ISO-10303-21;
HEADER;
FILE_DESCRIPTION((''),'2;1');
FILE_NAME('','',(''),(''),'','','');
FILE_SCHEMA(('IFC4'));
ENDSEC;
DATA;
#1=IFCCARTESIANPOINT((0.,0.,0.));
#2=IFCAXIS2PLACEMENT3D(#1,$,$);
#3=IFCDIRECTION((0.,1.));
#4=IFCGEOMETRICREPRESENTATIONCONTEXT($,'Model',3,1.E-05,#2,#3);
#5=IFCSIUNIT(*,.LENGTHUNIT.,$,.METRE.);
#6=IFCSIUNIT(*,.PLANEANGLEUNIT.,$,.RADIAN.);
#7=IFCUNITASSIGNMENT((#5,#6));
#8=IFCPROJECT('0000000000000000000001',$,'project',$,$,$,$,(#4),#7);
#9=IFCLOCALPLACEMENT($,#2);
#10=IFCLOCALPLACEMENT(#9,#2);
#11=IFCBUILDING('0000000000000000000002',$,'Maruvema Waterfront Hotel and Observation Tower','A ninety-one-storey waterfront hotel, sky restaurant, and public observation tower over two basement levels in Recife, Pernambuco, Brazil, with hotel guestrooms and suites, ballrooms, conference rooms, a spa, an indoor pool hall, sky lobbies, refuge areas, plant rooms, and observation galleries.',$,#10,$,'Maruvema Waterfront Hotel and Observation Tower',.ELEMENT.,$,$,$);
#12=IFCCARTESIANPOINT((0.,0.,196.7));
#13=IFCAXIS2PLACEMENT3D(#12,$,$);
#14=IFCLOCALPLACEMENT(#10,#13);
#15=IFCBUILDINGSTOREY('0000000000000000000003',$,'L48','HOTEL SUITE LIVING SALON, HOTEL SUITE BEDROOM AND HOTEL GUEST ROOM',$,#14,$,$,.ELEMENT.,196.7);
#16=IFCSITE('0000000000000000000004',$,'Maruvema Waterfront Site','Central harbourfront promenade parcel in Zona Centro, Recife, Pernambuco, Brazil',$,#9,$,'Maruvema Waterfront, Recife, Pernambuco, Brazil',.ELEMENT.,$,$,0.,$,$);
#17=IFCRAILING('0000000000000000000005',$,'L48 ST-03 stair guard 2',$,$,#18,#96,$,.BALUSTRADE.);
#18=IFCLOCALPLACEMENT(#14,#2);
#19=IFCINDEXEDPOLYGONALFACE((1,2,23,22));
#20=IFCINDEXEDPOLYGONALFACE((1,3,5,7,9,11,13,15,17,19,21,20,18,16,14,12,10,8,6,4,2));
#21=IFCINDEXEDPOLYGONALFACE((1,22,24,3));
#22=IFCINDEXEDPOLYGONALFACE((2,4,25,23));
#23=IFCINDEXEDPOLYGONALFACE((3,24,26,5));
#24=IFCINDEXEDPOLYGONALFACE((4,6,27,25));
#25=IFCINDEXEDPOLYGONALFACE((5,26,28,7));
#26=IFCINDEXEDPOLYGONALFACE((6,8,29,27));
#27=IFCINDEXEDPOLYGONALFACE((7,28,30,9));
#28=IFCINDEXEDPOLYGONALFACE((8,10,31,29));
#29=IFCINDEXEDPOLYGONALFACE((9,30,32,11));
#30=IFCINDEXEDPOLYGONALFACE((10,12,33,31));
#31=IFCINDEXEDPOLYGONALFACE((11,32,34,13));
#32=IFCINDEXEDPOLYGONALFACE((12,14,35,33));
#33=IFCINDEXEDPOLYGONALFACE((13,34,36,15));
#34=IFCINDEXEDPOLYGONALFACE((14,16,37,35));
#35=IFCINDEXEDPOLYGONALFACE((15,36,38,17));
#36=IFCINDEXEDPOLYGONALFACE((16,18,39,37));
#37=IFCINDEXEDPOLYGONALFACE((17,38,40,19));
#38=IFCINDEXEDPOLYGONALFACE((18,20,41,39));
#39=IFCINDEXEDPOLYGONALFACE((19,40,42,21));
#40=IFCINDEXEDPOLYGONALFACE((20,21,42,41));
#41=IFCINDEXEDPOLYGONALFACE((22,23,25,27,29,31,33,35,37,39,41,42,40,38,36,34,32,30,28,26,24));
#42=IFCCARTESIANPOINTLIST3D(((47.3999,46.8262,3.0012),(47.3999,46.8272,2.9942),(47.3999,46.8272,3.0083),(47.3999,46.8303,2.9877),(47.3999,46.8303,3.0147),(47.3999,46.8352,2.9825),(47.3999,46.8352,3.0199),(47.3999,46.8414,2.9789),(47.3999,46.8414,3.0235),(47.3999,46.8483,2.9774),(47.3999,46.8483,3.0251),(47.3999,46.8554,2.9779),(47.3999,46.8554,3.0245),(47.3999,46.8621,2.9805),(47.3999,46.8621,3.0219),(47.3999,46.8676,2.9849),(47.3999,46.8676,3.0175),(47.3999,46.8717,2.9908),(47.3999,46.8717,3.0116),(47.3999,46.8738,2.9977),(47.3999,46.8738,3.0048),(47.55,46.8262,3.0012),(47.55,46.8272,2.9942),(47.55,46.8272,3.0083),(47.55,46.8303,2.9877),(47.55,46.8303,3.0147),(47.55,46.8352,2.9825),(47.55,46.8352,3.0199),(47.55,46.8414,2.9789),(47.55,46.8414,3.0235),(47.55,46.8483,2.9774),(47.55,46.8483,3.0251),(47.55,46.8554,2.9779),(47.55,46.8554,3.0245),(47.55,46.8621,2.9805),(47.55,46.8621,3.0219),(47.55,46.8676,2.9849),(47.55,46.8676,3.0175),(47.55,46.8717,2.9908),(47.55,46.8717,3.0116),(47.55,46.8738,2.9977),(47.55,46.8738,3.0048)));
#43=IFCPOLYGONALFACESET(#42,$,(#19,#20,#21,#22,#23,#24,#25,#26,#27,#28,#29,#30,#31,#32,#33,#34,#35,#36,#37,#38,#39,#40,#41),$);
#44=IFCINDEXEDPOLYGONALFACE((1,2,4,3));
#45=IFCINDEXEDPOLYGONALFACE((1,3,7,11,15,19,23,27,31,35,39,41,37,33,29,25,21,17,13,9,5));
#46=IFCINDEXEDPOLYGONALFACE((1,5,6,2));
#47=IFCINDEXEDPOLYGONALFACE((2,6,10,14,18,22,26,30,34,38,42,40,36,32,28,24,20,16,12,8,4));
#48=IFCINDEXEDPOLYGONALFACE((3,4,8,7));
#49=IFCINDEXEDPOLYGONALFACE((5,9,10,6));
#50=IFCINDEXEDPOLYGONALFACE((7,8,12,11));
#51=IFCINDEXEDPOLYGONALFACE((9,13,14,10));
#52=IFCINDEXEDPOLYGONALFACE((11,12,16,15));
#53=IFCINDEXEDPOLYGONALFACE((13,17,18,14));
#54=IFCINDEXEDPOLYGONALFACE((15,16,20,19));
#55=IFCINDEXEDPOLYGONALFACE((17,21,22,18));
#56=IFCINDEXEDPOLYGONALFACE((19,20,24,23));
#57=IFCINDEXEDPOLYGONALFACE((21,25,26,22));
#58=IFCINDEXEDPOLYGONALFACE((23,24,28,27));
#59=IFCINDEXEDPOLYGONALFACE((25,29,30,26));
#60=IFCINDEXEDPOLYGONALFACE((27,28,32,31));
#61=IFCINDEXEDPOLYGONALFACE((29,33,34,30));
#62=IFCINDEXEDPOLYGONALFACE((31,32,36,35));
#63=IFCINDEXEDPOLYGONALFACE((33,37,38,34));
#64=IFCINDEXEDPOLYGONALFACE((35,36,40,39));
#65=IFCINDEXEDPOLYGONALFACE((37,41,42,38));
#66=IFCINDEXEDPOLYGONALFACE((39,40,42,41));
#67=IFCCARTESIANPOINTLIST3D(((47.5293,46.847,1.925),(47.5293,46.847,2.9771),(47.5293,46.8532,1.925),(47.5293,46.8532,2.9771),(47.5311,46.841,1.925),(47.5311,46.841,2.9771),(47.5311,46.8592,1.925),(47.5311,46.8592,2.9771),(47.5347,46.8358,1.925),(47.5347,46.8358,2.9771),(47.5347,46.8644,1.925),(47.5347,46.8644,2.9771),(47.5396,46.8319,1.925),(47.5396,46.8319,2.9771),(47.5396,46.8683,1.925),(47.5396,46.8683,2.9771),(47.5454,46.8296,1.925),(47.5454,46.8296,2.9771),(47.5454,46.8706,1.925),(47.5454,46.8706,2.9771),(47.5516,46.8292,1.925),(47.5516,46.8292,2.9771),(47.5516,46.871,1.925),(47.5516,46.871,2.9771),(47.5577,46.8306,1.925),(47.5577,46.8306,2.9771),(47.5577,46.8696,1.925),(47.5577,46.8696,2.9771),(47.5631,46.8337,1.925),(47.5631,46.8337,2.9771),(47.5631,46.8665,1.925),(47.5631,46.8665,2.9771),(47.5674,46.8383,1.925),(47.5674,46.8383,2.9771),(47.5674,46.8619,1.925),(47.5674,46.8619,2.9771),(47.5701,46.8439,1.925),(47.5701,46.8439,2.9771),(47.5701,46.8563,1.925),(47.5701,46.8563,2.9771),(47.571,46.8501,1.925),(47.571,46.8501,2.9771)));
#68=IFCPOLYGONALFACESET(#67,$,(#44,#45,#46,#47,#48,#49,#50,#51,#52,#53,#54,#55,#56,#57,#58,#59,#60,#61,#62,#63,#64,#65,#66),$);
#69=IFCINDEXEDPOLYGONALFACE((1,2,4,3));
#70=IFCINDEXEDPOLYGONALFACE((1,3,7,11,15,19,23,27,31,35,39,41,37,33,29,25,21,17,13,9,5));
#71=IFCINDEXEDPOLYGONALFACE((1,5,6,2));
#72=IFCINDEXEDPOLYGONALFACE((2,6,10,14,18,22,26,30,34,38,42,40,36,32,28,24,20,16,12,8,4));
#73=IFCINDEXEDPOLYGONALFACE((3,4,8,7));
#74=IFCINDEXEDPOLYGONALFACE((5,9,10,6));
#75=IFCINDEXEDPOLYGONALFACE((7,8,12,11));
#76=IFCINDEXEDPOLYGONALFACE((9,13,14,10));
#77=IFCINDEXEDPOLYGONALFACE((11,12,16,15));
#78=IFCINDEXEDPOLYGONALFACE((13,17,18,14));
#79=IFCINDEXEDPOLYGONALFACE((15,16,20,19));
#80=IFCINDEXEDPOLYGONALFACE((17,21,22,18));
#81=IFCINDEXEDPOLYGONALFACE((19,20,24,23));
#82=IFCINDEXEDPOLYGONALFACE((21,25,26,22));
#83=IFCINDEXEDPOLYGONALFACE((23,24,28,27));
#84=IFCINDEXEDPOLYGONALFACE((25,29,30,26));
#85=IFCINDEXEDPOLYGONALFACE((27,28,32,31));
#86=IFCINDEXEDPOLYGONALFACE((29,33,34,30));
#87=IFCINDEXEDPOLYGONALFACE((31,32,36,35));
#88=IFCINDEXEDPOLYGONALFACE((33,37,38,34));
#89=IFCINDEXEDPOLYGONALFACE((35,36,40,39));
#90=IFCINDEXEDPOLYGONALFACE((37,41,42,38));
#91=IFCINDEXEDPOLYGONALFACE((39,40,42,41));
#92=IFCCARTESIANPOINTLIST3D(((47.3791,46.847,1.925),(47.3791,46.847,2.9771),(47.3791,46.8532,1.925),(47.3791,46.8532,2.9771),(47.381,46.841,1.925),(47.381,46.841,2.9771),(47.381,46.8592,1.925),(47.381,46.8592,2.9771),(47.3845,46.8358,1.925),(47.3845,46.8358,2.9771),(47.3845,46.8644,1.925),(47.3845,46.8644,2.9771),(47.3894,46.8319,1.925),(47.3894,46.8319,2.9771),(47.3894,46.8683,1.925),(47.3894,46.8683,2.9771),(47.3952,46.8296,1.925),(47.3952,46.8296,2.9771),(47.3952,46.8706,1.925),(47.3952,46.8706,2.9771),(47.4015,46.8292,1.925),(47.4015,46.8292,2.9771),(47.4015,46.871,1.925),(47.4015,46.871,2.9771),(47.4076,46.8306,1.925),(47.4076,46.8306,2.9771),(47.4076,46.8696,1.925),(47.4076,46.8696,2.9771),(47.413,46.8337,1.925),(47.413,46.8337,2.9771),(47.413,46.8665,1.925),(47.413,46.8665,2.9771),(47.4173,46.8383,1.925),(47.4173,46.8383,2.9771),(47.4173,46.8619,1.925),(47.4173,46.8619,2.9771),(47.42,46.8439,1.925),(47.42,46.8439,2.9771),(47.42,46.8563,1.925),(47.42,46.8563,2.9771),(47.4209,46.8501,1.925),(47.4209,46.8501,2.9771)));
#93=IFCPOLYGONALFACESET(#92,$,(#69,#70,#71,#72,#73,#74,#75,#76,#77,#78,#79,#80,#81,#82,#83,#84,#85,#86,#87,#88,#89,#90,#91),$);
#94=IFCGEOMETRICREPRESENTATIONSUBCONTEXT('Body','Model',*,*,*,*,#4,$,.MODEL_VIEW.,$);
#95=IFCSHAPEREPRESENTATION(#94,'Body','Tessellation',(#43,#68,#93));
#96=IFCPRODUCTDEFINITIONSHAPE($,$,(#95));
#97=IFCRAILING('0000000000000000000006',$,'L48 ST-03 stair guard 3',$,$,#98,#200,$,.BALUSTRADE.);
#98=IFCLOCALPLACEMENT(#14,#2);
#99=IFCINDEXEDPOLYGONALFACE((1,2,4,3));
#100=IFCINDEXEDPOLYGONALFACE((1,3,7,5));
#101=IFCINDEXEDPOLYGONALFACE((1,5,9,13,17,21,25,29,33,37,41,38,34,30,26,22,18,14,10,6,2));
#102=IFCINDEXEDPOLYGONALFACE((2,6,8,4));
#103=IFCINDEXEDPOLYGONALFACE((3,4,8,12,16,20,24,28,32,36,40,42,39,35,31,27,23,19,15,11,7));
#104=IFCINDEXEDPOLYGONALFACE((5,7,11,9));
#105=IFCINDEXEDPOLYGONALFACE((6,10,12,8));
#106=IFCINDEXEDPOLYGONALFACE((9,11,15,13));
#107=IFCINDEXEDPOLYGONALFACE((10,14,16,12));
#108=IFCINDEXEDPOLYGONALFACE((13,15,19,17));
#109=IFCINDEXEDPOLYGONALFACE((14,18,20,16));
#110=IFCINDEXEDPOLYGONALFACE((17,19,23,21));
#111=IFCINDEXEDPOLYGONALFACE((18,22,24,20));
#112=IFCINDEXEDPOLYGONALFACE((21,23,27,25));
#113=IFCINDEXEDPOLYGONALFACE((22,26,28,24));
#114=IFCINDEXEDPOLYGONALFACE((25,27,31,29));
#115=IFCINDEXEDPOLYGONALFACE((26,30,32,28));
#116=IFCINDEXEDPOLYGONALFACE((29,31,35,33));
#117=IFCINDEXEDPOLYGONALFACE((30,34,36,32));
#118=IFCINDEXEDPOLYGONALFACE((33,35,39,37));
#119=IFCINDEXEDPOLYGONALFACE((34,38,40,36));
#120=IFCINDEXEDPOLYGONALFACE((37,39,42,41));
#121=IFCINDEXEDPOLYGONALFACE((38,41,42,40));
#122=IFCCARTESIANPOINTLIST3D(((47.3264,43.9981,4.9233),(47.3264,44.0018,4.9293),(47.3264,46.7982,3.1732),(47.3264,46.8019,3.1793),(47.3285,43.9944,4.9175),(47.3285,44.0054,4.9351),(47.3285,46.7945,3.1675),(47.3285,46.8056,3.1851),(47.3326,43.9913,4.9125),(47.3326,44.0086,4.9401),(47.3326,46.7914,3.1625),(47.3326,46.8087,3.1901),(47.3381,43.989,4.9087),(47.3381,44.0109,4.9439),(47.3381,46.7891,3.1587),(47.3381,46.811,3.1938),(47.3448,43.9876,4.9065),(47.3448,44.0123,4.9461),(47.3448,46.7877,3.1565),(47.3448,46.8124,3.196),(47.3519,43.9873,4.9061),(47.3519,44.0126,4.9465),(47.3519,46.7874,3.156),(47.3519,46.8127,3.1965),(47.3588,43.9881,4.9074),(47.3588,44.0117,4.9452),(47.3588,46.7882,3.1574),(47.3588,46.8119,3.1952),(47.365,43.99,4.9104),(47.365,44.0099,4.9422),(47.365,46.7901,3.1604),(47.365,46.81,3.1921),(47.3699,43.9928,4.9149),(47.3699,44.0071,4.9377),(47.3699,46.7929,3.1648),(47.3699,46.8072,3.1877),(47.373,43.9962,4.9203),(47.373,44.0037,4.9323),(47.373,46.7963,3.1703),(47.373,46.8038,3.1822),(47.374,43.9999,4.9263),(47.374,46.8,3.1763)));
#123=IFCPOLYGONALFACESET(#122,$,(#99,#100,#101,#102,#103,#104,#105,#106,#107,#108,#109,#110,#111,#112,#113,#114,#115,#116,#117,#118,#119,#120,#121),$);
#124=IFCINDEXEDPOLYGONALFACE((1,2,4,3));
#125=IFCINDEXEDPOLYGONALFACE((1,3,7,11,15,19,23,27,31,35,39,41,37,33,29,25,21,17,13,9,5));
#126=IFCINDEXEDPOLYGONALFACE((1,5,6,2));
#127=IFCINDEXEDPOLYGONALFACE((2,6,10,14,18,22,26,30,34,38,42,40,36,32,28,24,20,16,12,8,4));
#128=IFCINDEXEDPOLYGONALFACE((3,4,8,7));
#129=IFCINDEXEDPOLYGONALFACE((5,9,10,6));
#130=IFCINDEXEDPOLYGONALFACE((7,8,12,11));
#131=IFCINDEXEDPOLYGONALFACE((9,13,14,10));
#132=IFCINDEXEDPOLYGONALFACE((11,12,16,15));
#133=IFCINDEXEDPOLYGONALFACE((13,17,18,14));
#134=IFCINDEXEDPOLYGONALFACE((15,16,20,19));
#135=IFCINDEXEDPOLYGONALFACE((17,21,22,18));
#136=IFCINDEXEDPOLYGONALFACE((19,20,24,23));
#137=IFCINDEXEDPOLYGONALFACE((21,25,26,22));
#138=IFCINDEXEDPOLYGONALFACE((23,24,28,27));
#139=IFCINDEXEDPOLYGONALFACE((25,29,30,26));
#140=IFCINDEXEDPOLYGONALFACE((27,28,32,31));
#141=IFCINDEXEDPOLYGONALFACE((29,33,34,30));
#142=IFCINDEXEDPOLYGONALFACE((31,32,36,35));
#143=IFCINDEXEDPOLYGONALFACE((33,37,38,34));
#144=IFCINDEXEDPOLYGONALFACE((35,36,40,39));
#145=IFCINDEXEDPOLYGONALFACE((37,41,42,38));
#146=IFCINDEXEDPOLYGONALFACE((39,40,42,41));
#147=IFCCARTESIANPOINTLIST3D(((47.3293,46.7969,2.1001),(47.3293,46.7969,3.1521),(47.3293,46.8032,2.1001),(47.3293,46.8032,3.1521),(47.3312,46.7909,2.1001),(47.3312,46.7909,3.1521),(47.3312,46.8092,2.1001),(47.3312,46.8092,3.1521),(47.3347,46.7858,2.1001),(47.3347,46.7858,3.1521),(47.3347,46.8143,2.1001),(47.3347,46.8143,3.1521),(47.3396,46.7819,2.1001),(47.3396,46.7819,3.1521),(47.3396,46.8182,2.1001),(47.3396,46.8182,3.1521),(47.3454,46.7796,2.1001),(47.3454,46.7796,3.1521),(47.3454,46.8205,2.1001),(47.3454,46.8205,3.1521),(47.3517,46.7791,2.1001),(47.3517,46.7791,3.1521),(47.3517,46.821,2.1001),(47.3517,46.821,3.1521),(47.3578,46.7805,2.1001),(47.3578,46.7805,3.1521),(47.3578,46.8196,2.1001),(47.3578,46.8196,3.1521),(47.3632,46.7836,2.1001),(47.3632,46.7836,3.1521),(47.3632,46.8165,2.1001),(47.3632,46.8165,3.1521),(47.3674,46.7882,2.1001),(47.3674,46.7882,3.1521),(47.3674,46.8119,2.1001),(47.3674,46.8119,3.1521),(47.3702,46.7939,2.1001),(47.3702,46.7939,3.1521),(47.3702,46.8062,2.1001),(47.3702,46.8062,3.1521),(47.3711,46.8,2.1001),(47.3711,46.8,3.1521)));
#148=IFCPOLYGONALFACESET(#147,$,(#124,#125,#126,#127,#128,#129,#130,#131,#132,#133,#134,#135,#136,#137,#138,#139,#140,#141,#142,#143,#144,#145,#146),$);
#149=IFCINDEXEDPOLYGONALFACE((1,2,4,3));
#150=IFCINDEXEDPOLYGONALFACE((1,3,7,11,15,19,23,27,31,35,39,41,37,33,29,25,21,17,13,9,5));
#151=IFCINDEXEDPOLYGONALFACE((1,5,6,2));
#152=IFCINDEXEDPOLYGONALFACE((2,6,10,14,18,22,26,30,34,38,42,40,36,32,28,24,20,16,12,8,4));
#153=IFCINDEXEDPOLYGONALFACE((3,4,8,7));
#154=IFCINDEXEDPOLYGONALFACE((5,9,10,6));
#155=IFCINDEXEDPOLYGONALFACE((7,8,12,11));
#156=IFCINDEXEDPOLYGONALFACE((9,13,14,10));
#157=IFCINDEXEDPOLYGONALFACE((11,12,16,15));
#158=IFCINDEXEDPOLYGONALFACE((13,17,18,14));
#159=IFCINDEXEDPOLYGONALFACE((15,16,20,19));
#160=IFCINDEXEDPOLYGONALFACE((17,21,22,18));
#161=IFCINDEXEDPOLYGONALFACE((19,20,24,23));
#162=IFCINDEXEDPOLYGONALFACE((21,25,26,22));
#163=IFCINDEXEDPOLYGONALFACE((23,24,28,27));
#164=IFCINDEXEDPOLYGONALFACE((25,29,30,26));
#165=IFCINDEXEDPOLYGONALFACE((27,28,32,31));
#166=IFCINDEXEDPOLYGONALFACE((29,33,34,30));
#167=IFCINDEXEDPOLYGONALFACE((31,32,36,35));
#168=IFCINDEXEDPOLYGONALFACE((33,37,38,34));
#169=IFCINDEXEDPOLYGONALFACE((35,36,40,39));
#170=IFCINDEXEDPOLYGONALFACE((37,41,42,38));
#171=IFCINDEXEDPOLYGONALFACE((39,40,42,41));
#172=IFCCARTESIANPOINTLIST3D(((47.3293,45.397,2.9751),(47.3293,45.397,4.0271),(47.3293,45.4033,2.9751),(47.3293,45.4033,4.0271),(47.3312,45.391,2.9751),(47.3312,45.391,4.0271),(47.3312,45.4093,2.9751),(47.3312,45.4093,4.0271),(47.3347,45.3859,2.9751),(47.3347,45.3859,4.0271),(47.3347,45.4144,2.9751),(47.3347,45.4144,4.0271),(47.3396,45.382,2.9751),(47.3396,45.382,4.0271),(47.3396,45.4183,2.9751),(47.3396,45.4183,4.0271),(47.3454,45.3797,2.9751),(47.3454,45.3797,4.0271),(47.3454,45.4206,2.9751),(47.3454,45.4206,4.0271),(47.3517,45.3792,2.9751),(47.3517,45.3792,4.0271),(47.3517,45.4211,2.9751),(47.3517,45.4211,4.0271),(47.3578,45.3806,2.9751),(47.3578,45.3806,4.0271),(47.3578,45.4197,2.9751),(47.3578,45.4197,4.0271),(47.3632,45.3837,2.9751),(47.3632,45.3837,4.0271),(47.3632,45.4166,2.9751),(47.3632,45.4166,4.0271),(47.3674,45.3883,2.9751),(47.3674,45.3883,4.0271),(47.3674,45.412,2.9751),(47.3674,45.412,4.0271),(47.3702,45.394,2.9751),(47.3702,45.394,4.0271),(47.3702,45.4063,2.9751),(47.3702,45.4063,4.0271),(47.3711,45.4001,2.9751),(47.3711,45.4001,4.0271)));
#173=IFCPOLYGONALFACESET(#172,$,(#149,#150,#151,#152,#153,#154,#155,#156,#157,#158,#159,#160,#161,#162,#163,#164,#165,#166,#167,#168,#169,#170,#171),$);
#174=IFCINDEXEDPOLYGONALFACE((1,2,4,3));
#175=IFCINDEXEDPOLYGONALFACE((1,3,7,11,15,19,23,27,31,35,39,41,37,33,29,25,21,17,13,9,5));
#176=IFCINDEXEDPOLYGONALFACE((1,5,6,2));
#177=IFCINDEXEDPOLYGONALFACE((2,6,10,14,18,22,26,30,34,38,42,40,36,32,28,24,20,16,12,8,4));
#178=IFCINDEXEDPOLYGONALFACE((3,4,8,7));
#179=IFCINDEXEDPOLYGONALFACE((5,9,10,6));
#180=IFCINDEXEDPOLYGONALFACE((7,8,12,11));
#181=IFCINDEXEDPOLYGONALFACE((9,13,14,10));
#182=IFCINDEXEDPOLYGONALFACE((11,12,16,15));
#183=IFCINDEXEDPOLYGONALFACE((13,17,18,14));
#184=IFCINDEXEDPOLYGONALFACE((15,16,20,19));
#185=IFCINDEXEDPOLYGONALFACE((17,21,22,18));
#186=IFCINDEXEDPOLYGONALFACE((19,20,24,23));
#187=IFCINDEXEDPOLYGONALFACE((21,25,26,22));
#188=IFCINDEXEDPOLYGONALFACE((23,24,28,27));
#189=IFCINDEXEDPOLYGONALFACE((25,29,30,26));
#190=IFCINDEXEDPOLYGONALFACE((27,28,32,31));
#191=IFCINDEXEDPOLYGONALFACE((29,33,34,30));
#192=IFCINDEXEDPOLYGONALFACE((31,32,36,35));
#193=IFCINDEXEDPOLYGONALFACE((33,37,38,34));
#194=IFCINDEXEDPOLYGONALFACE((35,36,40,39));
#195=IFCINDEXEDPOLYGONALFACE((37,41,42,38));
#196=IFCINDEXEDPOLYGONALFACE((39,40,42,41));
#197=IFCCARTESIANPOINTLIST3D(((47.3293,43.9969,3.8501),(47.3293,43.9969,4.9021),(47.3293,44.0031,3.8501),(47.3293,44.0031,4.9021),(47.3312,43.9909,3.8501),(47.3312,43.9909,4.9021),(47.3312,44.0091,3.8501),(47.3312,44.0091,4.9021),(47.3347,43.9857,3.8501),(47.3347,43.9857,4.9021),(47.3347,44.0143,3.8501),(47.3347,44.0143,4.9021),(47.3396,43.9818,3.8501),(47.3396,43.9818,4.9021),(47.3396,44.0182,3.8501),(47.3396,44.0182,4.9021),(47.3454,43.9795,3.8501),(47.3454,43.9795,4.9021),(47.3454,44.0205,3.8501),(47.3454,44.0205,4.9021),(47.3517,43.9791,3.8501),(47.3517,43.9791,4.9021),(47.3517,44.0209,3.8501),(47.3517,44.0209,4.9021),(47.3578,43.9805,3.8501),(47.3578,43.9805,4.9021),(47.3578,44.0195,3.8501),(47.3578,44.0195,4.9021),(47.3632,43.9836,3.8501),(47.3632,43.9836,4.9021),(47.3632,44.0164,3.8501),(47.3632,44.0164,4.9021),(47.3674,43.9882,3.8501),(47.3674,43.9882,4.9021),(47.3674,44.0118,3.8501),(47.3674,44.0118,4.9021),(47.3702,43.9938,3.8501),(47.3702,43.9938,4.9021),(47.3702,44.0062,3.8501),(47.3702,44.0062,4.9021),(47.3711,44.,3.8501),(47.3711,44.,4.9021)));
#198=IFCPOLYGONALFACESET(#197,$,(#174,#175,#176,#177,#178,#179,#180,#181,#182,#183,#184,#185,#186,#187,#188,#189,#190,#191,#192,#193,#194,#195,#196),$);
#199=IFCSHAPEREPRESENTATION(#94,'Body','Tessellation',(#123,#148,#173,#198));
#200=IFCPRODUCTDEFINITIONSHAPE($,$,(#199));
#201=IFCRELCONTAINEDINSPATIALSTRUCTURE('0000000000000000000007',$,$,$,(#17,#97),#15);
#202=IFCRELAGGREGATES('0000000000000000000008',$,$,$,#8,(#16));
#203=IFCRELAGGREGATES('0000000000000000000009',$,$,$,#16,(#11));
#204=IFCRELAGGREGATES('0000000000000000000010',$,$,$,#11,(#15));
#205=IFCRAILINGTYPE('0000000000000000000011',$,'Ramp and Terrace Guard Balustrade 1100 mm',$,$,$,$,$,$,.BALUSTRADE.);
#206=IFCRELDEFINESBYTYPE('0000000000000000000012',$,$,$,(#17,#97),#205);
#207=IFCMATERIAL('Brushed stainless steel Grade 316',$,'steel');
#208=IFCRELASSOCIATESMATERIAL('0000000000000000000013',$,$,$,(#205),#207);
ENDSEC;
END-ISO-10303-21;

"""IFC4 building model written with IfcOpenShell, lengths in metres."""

from ifc_helpers import new_model, si_unit, direction, frame, origin, origin_2d, place, context, subcontext, project, spatial, circle, extrude, material, type_object, element, save


model = new_model("IFC4")

# Units and contexts
model_context = context("Model", 3, precision=1e-05, world=origin(), true_north=direction((0.0, 1.0)))
body_context = subcontext(model_context, "Body", "Model", "MODEL_VIEW")
ifc_project = project(units=[si_unit("LENGTHUNIT", "METRE"), si_unit("PLANEANGLEUNIT", "RADIAN")], contexts=[model_context])

# Site, building, storey
site_placement = place(None, origin())
site = spatial("IfcSite", under=ifc_project, at=site_placement, Name="Maruvema Waterfront Site", Description="Central harbourfront promenade parcel in Zona Centro, Recife, Pernambuco, Brazil", LongName="Maruvema Waterfront, Recife, Pernambuco, Brazil", CompositionType="ELEMENT", RefElevation=0.0)
building_placement = place(site_placement, origin())
building = spatial("IfcBuilding", under=site, at=building_placement, Name="Maruvema Waterfront Hotel and Observation Tower", Description="A ninety-one-storey waterfront hotel, sky restaurant, and public observation tower over two basement levels in Recife, Pernambuco, Brazil, with hotel guestrooms and suites, ballrooms, conference rooms, a spa, an indoor pool hall, sky lobbies, refuge areas, plant rooms, and observation galleries.", LongName="Maruvema Waterfront Hotel and Observation Tower", CompositionType="ELEMENT")
storey_placement = place(building_placement, frame((0.0, 0.0, 196.7)))
storey = spatial("IfcBuildingStorey", under=building, at=storey_placement, Name="L48", Description="HOTEL SUITE LIVING SALON, HOTEL SUITE BEDROOM AND HOTEL GUEST ROOM", CompositionType="ELEMENT", Elevation=196.7)

# Railings
ifc_material_1 = material(Name="Brushed stainless steel Grade 316", Category="steel")
railing_type = type_object("IfcRailingType", Name="Ramp and Terrace Guard Balustrade 1100 mm", PredefinedType="BALUSTRADE", material=ifc_material_1)
railing_1_placement = place(storey_placement, frame((47.55, 46.8501, 1.925)))
element("IfcRailing", 1, at=railing_1_placement, inside=storey, type_object=railing_type, Name="L48 ST-03 stair guard 2", PredefinedType="BALUSTRADE", context=body_context, shape_type="SweptSolid", body=[
    extrude(circle(Radius=0.0239, at=origin_2d()), frame((0.0, 0.0, 1.0762), z_axis=(-1.0, 0.0, 0.0), x_axis=(0.0, -1.0, 0.0)), (0.0, 0.0, 1.0), 0.1501),
    extrude(circle(Radius=0.021, at=origin_2d()), origin(), (0.0, 0.0, 1.0), 1.052),
    extrude(circle(Radius=0.021, at=origin_2d()), frame((-0.1501, 0.0, 0.0)), (0.0, 0.0, 1.0), 1.052),
])
railing_2_placement = place(storey_placement, frame((47.3501, 46.8, 2.1001)))
element("IfcRailing", 2, at=railing_2_placement, inside=storey, type_object=railing_type, Name="L48 ST-03 stair guard 3", PredefinedType="BALUSTRADE", context=body_context, shape_type="SweptSolid", body=[
    extrude(circle(Radius=0.0239, at=origin_2d()), frame((0.0, 0.0, 1.0762), z_axis=(0.0, -0.848002, 0.529992), x_axis=(1.0, 0.0, 0.0)), (0.0, 0.0, 1.0), 3.302),
    extrude(circle(Radius=0.021, at=origin_2d()), origin(), (0.0, 0.0, 1.0), 1.052),
    extrude(circle(Radius=0.021, at=origin_2d()), frame((0.0, -1.3999, 0.875)), (0.0, 0.0, 1.0), 1.052),
    extrude(circle(Radius=0.021, at=origin_2d()), frame((0.0, -2.8, 1.75)), (0.0, 0.0, 1.0), 1.052),
])

save(model, "model.ifc")
